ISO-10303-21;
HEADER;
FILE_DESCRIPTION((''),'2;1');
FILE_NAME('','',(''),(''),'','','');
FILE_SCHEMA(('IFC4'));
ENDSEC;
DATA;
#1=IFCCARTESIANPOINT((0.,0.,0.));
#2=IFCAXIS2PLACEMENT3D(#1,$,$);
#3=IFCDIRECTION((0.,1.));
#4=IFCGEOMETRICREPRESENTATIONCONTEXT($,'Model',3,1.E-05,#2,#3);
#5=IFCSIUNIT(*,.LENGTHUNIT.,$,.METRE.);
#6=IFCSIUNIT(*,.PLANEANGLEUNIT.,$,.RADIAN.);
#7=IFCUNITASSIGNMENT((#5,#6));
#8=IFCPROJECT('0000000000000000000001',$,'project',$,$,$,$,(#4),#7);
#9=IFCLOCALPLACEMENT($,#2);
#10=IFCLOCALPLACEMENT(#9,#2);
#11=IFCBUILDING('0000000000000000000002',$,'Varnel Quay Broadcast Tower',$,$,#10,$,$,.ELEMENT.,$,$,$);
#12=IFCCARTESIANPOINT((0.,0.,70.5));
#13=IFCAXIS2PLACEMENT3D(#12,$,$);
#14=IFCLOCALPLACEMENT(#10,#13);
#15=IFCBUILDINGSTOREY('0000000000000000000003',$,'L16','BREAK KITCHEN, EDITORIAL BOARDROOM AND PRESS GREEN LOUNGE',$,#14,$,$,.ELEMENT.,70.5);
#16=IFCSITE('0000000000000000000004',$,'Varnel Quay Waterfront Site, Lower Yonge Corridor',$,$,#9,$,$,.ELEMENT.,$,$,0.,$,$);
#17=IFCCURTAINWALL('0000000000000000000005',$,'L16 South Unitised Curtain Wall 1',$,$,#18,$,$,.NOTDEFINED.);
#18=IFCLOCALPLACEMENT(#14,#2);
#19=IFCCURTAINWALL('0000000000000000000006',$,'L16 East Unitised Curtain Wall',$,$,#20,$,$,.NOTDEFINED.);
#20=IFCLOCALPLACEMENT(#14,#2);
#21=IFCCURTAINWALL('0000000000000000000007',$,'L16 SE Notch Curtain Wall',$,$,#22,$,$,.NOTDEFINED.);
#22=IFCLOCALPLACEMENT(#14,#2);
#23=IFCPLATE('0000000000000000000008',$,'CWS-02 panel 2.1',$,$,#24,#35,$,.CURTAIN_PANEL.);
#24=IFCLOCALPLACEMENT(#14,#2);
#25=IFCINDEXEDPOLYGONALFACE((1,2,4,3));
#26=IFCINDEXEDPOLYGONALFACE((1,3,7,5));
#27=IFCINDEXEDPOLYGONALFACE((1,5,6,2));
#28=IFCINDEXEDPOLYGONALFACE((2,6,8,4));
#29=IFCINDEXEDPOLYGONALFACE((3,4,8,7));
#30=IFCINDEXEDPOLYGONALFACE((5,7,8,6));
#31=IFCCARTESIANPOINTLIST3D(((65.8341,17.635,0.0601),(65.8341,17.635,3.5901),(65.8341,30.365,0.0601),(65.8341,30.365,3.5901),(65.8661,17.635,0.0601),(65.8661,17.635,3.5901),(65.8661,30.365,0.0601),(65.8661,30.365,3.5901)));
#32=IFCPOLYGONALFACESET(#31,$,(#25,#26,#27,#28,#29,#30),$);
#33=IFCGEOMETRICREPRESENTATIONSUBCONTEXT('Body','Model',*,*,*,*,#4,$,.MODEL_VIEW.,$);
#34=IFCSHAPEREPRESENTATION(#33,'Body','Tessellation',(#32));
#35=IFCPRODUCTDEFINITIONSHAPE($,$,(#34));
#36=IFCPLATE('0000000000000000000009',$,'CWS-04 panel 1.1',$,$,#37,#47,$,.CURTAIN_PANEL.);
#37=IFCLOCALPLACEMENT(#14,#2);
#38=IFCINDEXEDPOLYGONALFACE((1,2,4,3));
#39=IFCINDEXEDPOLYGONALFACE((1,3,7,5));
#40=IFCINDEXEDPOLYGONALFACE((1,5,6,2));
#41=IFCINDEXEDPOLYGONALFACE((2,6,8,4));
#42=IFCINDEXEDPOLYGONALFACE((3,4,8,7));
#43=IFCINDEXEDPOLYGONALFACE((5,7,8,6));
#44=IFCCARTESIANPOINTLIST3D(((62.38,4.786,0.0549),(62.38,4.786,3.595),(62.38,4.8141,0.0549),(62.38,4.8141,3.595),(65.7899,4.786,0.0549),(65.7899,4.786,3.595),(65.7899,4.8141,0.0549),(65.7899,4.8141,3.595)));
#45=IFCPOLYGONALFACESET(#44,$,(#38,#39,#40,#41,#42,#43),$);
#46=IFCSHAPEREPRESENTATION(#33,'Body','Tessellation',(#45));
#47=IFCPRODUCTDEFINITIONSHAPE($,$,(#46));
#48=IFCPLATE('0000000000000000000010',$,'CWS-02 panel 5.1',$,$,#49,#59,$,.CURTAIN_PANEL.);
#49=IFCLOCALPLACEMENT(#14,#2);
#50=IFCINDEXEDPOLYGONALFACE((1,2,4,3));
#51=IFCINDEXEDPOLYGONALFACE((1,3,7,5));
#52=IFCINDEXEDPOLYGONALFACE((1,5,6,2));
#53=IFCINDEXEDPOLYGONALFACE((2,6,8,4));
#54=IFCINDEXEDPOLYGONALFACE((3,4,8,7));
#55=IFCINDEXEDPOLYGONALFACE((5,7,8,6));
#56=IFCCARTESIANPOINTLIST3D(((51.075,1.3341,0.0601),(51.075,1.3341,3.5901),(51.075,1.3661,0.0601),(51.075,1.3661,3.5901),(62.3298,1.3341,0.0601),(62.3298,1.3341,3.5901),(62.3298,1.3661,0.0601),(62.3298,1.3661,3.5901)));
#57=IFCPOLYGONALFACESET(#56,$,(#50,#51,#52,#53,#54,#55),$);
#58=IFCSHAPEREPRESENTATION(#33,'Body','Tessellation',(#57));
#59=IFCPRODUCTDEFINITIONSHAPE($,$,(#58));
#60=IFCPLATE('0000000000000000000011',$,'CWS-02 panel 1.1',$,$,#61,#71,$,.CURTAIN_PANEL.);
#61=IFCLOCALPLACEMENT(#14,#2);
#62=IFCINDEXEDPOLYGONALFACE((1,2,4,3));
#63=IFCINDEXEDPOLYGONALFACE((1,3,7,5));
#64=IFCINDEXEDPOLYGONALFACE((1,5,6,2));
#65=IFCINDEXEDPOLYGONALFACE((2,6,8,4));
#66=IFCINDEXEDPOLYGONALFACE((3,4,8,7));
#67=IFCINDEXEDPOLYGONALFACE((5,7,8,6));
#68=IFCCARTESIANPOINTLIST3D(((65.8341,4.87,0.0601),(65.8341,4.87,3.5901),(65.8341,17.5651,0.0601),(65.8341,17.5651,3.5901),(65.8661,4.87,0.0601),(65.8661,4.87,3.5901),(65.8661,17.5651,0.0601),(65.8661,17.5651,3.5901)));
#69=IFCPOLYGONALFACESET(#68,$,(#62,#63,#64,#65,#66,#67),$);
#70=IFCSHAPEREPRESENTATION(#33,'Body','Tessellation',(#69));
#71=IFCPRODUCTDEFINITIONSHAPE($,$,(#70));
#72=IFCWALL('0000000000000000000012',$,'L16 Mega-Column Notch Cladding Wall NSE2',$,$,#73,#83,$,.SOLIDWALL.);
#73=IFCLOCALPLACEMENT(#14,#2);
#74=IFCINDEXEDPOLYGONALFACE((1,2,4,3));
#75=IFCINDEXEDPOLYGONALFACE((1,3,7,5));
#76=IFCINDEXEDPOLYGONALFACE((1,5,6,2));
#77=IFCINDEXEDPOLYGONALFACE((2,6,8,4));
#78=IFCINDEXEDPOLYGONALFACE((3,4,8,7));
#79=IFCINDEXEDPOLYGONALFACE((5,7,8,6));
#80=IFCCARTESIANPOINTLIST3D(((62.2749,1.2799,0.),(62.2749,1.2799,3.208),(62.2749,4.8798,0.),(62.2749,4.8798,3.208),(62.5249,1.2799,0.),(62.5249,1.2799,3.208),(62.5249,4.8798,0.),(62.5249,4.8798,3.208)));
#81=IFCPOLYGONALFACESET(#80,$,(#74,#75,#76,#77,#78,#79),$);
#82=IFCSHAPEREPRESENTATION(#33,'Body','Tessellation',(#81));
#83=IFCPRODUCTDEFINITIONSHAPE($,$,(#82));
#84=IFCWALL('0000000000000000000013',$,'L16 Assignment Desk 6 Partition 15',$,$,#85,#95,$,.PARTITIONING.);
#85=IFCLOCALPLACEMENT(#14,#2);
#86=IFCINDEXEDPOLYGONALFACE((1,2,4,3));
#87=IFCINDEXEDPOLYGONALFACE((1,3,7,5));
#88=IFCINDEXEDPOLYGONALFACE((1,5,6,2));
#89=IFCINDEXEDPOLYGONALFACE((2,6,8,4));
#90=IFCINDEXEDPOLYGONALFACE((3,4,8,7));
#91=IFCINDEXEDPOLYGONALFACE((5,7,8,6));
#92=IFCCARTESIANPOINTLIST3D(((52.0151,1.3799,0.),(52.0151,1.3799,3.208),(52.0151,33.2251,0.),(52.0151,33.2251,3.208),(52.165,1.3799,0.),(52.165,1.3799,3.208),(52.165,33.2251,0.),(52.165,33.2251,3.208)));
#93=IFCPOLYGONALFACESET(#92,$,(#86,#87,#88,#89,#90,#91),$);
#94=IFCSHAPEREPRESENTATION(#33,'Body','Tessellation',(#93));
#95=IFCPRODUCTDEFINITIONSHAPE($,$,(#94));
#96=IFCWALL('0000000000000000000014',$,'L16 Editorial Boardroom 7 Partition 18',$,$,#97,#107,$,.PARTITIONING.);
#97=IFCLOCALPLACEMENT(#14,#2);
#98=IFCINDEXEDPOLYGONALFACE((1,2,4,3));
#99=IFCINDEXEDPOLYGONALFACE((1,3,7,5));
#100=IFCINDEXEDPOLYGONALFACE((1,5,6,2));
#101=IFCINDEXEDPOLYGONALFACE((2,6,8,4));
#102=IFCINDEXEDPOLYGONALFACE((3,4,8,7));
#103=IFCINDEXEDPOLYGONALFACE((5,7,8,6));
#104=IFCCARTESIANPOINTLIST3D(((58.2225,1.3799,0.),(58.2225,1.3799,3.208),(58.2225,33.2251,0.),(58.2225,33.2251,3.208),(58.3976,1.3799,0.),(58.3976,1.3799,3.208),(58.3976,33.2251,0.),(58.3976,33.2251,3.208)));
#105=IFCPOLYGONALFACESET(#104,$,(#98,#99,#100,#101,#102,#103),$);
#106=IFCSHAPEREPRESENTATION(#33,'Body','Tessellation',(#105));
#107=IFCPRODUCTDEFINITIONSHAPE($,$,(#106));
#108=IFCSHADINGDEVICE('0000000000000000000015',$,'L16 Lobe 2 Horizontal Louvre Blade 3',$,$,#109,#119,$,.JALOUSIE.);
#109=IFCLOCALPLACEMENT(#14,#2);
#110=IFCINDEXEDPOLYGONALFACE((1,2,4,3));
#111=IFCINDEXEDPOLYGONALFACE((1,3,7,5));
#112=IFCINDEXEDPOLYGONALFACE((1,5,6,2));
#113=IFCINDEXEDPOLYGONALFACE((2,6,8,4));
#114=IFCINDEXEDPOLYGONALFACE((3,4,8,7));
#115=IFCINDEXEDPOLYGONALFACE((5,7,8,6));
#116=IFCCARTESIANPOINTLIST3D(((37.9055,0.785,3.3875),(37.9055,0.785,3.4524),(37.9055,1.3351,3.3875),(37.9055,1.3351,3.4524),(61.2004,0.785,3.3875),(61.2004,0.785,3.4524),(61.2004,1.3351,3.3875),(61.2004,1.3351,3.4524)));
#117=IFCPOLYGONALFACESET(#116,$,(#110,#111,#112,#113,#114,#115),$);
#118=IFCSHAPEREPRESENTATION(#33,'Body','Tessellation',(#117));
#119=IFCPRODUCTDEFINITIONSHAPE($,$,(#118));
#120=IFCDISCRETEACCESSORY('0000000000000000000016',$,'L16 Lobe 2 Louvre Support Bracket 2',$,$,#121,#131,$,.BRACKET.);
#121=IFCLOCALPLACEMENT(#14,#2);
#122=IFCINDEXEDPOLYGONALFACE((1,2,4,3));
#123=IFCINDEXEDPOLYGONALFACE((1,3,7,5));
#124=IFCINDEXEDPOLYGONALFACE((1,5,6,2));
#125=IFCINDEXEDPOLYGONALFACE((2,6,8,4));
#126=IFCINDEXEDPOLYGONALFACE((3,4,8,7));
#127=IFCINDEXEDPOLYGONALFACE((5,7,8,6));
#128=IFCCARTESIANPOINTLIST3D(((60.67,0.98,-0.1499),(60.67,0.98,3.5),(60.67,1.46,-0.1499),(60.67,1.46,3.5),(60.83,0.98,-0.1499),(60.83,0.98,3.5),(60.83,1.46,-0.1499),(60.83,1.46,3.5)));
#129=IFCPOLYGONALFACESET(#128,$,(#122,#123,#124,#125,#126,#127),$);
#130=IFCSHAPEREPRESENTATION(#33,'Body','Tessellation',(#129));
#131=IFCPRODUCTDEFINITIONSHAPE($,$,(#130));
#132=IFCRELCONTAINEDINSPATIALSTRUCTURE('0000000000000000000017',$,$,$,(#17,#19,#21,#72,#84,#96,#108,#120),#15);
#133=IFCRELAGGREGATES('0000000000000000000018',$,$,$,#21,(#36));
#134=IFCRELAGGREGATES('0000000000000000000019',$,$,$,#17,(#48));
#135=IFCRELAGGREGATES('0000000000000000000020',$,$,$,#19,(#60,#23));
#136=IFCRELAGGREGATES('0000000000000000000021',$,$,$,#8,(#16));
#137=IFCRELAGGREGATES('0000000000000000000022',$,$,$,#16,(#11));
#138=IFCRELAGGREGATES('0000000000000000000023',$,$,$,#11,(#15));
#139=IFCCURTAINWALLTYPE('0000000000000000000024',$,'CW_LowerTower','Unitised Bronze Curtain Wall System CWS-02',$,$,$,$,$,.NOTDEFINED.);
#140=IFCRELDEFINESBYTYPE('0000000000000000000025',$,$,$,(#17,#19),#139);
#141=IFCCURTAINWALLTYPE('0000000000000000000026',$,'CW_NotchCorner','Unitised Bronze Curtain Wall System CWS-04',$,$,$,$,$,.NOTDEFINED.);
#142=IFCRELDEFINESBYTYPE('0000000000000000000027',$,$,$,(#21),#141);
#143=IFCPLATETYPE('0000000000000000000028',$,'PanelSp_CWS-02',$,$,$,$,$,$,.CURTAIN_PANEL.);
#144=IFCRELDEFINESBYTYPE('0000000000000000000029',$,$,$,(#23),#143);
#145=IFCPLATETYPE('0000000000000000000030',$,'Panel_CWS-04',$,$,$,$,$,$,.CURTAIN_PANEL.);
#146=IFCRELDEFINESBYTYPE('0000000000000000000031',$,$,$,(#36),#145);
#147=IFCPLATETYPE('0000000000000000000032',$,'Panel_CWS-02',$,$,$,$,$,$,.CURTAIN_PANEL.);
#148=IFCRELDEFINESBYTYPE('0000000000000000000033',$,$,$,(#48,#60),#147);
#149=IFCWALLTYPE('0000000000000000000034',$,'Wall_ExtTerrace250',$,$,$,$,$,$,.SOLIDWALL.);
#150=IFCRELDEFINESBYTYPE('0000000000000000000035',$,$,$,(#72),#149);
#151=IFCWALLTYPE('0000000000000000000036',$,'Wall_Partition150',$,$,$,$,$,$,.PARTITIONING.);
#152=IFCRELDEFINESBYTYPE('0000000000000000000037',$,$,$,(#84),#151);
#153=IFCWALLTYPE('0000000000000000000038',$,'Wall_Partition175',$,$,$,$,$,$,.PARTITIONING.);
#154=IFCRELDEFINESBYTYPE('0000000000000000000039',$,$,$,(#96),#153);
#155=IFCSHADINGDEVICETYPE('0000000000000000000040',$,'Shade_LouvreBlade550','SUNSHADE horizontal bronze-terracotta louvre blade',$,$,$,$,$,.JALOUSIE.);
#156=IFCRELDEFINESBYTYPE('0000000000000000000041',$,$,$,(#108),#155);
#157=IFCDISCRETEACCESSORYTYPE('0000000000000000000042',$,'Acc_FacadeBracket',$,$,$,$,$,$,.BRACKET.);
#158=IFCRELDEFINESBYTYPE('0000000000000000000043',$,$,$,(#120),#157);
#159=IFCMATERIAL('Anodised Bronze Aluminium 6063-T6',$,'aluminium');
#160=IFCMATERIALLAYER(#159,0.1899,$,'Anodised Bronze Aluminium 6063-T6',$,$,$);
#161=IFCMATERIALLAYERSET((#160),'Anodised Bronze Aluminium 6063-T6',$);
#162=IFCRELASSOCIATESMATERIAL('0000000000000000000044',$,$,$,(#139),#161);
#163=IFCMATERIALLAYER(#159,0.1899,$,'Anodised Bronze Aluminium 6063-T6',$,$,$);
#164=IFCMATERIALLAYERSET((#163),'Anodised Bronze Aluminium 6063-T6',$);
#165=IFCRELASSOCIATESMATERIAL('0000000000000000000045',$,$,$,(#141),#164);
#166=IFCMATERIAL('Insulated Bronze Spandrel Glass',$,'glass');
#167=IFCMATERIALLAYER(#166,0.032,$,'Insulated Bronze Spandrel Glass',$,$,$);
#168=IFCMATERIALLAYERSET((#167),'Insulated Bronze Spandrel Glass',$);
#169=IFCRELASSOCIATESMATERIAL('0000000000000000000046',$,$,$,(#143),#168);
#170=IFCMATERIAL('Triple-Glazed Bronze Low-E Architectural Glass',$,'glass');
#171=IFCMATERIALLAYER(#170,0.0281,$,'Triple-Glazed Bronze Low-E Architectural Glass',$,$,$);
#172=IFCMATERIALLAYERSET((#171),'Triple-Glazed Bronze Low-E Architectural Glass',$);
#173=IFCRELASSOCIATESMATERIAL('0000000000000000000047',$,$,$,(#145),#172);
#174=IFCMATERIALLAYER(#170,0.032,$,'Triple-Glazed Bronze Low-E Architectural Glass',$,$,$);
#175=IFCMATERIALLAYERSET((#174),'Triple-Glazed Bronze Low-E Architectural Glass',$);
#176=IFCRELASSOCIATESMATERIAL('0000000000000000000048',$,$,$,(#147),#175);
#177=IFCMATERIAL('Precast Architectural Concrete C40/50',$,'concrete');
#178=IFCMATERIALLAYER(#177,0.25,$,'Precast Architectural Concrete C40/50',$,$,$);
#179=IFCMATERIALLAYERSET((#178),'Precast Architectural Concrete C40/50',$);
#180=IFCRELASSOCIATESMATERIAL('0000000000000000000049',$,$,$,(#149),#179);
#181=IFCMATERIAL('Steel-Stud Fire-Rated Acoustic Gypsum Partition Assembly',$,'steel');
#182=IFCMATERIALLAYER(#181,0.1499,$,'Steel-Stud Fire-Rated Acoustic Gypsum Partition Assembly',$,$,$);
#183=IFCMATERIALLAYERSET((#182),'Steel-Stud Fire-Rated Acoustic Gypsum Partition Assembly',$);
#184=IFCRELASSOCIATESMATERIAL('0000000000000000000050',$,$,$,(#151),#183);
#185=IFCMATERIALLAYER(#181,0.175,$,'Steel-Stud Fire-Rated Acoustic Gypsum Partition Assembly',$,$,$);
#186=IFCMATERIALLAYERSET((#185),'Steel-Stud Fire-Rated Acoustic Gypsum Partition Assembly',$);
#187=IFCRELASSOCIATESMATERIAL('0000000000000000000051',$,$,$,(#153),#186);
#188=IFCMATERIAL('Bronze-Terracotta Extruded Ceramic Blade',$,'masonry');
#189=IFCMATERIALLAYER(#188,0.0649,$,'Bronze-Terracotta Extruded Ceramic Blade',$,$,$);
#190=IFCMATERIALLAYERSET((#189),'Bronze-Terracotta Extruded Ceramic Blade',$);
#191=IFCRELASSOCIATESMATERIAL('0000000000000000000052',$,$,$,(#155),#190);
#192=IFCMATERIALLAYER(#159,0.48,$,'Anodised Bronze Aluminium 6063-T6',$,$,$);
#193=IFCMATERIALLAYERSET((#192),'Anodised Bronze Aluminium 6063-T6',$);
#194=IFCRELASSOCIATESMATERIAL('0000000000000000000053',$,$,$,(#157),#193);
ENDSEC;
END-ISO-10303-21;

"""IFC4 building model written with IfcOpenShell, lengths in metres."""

from ifc_helpers import new_model, si_unit, direction, frame, frame_2d, origin, origin_2d, place, context, subcontext, project, spatial, rectangle, extrude, source, transform, mapped, material, layer, layer_set, type_object, type_shapes, element, aggregate, save


model = new_model("IFC4")

# Units and contexts
model_context = context("Model", 3, precision=1e-05, world=origin(), true_north=direction((0.0, 1.0)))
body_context = subcontext(model_context, "Body", "Model", "MODEL_VIEW")
ifc_project = project(units=[si_unit("LENGTHUNIT", "METRE"), si_unit("PLANEANGLEUNIT", "RADIAN")], contexts=[model_context])

# Site, building, storey
site_placement = place(None, origin())
site = spatial("IfcSite", under=ifc_project, at=site_placement, Name="Varnel Quay Waterfront Site, Lower Yonge Corridor", CompositionType="ELEMENT", RefElevation=0.0)
building_placement = place(site_placement, origin())
building = spatial("IfcBuilding", under=site, at=building_placement, Name="Varnel Quay Broadcast Tower", CompositionType="ELEMENT")
storey_placement = place(building_placement, frame((0.0, 0.0, 70.5)))
storey = spatial("IfcBuildingStorey", under=building, at=storey_placement, Name="L16", Description="BREAK KITCHEN, EDITORIAL BOARDROOM AND PRESS GREEN LOUNGE", CompositionType="ELEMENT", Elevation=70.5)

# Curtain walls
ifc_material_1 = material(Name="Anodised Bronze Aluminium 6063-T6", Category="aluminium")
ifc_layer_1 = layer(ifc_material_1, 0.1899, Name="Anodised Bronze Aluminium 6063-T6")
ifc_layer_set_1 = layer_set([ifc_layer_1], Name="Anodised Bronze Aluminium 6063-T6")
curtain_wall_type_1 = type_object("IfcCurtainWallType", Name="CW_LowerTower", Description="Unitised Bronze Curtain Wall System CWS-02", PredefinedType="NOTDEFINED", material=ifc_layer_set_1)
curtain_wall_1_placement = place(storey_placement, origin())
curtain_wall_1 = element("IfcCurtainWall", 1, at=curtain_wall_1_placement, inside=storey, type_object=curtain_wall_type_1, Name="L16 South Unitised Curtain Wall 1", PredefinedType="NOTDEFINED")
curtain_wall_2_placement = place(storey_placement, origin())
curtain_wall_2 = element("IfcCurtainWall", 2, at=curtain_wall_2_placement, inside=storey, type_object=curtain_wall_type_1, Name="L16 East Unitised Curtain Wall", PredefinedType="NOTDEFINED")
ifc_layer_2 = layer(ifc_material_1, 0.1899, Name="Anodised Bronze Aluminium 6063-T6")
ifc_layer_set_2 = layer_set([ifc_layer_2], Name="Anodised Bronze Aluminium 6063-T6")
curtain_wall_type_2 = type_object("IfcCurtainWallType", Name="CW_NotchCorner", Description="Unitised Bronze Curtain Wall System CWS-04", PredefinedType="NOTDEFINED", material=ifc_layer_set_2)
curtain_wall_3_placement = place(storey_placement, origin())
curtain_wall_3 = element("IfcCurtainWall", 3, at=curtain_wall_3_placement, inside=storey, type_object=curtain_wall_type_2, Name="L16 SE Notch Curtain Wall", PredefinedType="NOTDEFINED")

# Plates
ifc_material_2 = material(Name="Insulated Bronze Spandrel Glass", Category="glass")
ifc_layer_3 = layer(ifc_material_2, 0.032, Name="Insulated Bronze Spandrel Glass")
ifc_layer_set_3 = layer_set([ifc_layer_3], Name="Insulated Bronze Spandrel Glass")
plate_type_1 = type_object("IfcPlateType", Name="PanelSp_CWS-02", PredefinedType="CURTAIN_PANEL", material=ifc_layer_set_3)
shared_shape_1 = source(origin(), body_context, "Body", "SweptSolid", [
    extrude(rectangle(XDim=12.73, YDim=0.032, at=origin_2d()), origin(), (0.0, 0.0, 1.0), 3.53),
])
type_shapes(plate_type_1, [shared_shape_1])
plate_1_placement = place(storey_placement, frame((65.8501, 24.0, 0.0601), z_axis=(0.0, 0.0, 1.0), x_axis=(0.0, 1.0, 0.0)))
plate_1 = element("IfcPlate", 4, at=plate_1_placement, type_object=plate_type_1, Name="CWS-02 panel 2.1", PredefinedType="CURTAIN_PANEL", context=body_context, shape_type="MappedRepresentation", body=[
    mapped(shared_shape_1, transform((0.0, 0.0, 0.0), x_axis=(1.0, 0.0, 0.0), y_axis=(0.0, 1.0, 0.0), z_axis=(0.0, 0.0, 1.0), scale=1.0)),
])
ifc_material_3 = material(Name="Triple-Glazed Bronze Low-E Architectural Glass", Category="glass")
ifc_layer_4 = layer(ifc_material_3, 0.0281, Name="Triple-Glazed Bronze Low-E Architectural Glass")
ifc_layer_set_4 = layer_set([ifc_layer_4], Name="Triple-Glazed Bronze Low-E Architectural Glass")
plate_type_2 = type_object("IfcPlateType", Name="Panel_CWS-04", PredefinedType="CURTAIN_PANEL", material=ifc_layer_set_4)
shared_shape_2 = source(origin(), body_context, "Body", "SweptSolid", [
    extrude(rectangle(XDim=3.4099, YDim=0.0281, at=origin_2d()), origin(), (0.0, 0.0, 1.0), 3.54),
])
type_shapes(plate_type_2, [shared_shape_2])
plate_2_placement = place(storey_placement, frame((64.085, 4.8, 0.0549), z_axis=(0.0, 0.0, 1.0), x_axis=(1.0, 0.0, 0.0)))
plate_2 = element("IfcPlate", 5, at=plate_2_placement, type_object=plate_type_2, Name="CWS-04 panel 1.1", PredefinedType="CURTAIN_PANEL", context=body_context, shape_type="MappedRepresentation", body=[
    mapped(shared_shape_2, transform((0.0, 0.0, 0.0), x_axis=(1.0, 0.0, 0.0), y_axis=(0.0, 1.0, 0.0), z_axis=(0.0, 0.0, 1.0), scale=1.0)),
])
aggregate(curtain_wall_3, [plate_2])
ifc_layer_5 = layer(ifc_material_3, 0.032, Name="Triple-Glazed Bronze Low-E Architectural Glass")
ifc_layer_set_5 = layer_set([ifc_layer_5], Name="Triple-Glazed Bronze Low-E Architectural Glass")
plate_type_3 = type_object("IfcPlateType", Name="Panel_CWS-02", PredefinedType="CURTAIN_PANEL", material=ifc_layer_set_5)
shared_shape_3 = source(origin(), body_context, "Body", "SweptSolid", [
    extrude(rectangle(XDim=11.2549, YDim=0.032, at=origin_2d()), origin(), (0.0, 0.0, 1.0), 3.53),
])
plate_3_placement = place(storey_placement, frame((56.7024, 1.3501, 0.0601), z_axis=(0.0, 0.0, 1.0), x_axis=(1.0, 0.0, 0.0)))
plate_3 = element("IfcPlate", 6, at=plate_3_placement, type_object=plate_type_3, Name="CWS-02 panel 5.1", PredefinedType="CURTAIN_PANEL", context=body_context, shape_type="MappedRepresentation", body=[
    mapped(shared_shape_3, transform((0.0, 0.0, 0.0), x_axis=(1.0, 0.0, 0.0), y_axis=(0.0, 1.0, 0.0), z_axis=(0.0, 0.0, 1.0), scale=1.0)),
])
aggregate(curtain_wall_1, [plate_3])
shared_shape_4 = source(origin(), body_context, "Body", "SweptSolid", [
    extrude(rectangle(XDim=12.6951, YDim=0.032, at=origin_2d()), origin(), (0.0, 0.0, 1.0), 3.53),
])
type_shapes(plate_type_3, [shared_shape_3, shared_shape_4])
plate_4_placement = place(storey_placement, frame((65.8501, 11.2175, 0.0601), z_axis=(0.0, 0.0, 1.0), x_axis=(0.0, 1.0, 0.0)))
plate_4 = element("IfcPlate", 7, at=plate_4_placement, type_object=plate_type_3, Name="CWS-02 panel 1.1", PredefinedType="CURTAIN_PANEL", context=body_context, shape_type="MappedRepresentation", body=[
    mapped(shared_shape_4, transform((0.0, 0.0, 0.0), x_axis=(1.0, 0.0, 0.0), y_axis=(0.0, 1.0, 0.0), z_axis=(0.0, 0.0, 1.0), scale=1.0)),
])
aggregate(curtain_wall_2, [plate_4, plate_1])

# Walls
ifc_material_4 = material(Name="Precast Architectural Concrete C40/50", Category="concrete")
ifc_layer_6 = layer(ifc_material_4, 0.25, Name="Precast Architectural Concrete C40/50")
ifc_layer_set_6 = layer_set([ifc_layer_6], Name="Precast Architectural Concrete C40/50")
wall_type_1 = type_object("IfcWallType", Name="Wall_ExtTerrace250", PredefinedType="SOLIDWALL", material=ifc_layer_set_6)
wall_1_placement = place(storey_placement, frame((62.3999, 1.28, 0.0), z_axis=(0.0, 0.0, 1.0), x_axis=(0.0, 1.0, 0.0)))
element("IfcWall", 8, at=wall_1_placement, inside=storey, type_object=wall_type_1, Name="L16 Mega-Column Notch Cladding Wall NSE2", PredefinedType="SOLIDWALL", context=body_context, shape_type="SweptSolid", body=[
    extrude(rectangle(XDim=3.5999, YDim=0.25, at=frame_2d((1.7998, 0.0))), origin(), (0.0, 0.0, 1.0), 3.208),
])
ifc_material_5 = material(Name="Steel-Stud Fire-Rated Acoustic Gypsum Partition Assembly", Category="steel")
ifc_layer_7 = layer(ifc_material_5, 0.1499, Name="Steel-Stud Fire-Rated Acoustic Gypsum Partition Assembly")
ifc_layer_set_7 = layer_set([ifc_layer_7], Name="Steel-Stud Fire-Rated Acoustic Gypsum Partition Assembly")
wall_type_2 = type_object("IfcWallType", Name="Wall_Partition150", PredefinedType="PARTITIONING", material=ifc_layer_set_7)
wall_2_placement = place(storey_placement, frame((52.0901, 1.3799, 0.0), z_axis=(0.0, 0.0, 1.0), x_axis=(0.0, 1.0, 0.0)))
element("IfcWall", 9, at=wall_2_placement, inside=storey, type_object=wall_type_2, Name="L16 Assignment Desk 6 Partition 15", PredefinedType="PARTITIONING", context=body_context, shape_type="SweptSolid", body=[
    extrude(rectangle(XDim=31.8452, YDim=0.1499, at=frame_2d((15.9226, 0.0))), origin(), (0.0, 0.0, 1.0), 3.208),
])
ifc_layer_8 = layer(ifc_material_5, 0.175, Name="Steel-Stud Fire-Rated Acoustic Gypsum Partition Assembly")
ifc_layer_set_8 = layer_set([ifc_layer_8], Name="Steel-Stud Fire-Rated Acoustic Gypsum Partition Assembly")
wall_type_3 = type_object("IfcWallType", Name="Wall_Partition175", PredefinedType="PARTITIONING", material=ifc_layer_set_8)
wall_3_placement = place(storey_placement, frame((58.3101, 1.3799, 0.0), z_axis=(0.0, 0.0, 1.0), x_axis=(0.0, 1.0, 0.0)))
element("IfcWall", 10, at=wall_3_placement, inside=storey, type_object=wall_type_3, Name="L16 Editorial Boardroom 7 Partition 18", PredefinedType="PARTITIONING", context=body_context, shape_type="SweptSolid", body=[
    extrude(rectangle(XDim=31.8452, YDim=0.175, at=frame_2d((15.9226, 0.0))), origin(), (0.0, 0.0, 1.0), 3.208),
])

# Shading device
ifc_material_6 = material(Name="Bronze-Terracotta Extruded Ceramic Blade", Category="masonry")
ifc_layer_9 = layer(ifc_material_6, 0.0649, Name="Bronze-Terracotta Extruded Ceramic Blade")
ifc_layer_set_9 = layer_set([ifc_layer_9], Name="Bronze-Terracotta Extruded Ceramic Blade")
shading_device_type = type_object("IfcShadingDeviceType", Name="Shade_LouvreBlade550", Description="SUNSHADE horizontal bronze-terracotta louvre blade", PredefinedType="JALOUSIE", material=ifc_layer_set_9)
shared_shape_5 = source(origin(), body_context, "Body", "SweptSolid", [
    extrude(rectangle(XDim=23.2949, YDim=0.55, at=origin_2d()), origin(), (0.0, 0.0, 1.0), 0.0649),
])
type_shapes(shading_device_type, [shared_shape_5])
shading_device_placement = place(storey_placement, frame((49.553, 1.0601, 3.3875), z_axis=(0.0, 0.0, 1.0), x_axis=(1.0, 0.0, 0.0)))
element("IfcShadingDevice", 11, at=shading_device_placement, inside=storey, type_object=shading_device_type, Name="L16 Lobe 2 Horizontal Louvre Blade 3", PredefinedType="JALOUSIE", context=body_context, shape_type="MappedRepresentation", body=[
    mapped(shared_shape_5, transform((0.0, 0.0, 0.0), x_axis=(1.0, 0.0, 0.0), y_axis=(0.0, 1.0, 0.0), z_axis=(0.0, 0.0, 1.0), scale=1.0)),
])

# Discrete accessory
ifc_layer_10 = layer(ifc_material_1, 0.48, Name="Anodised Bronze Aluminium 6063-T6")
ifc_layer_set_10 = layer_set([ifc_layer_10], Name="Anodised Bronze Aluminium 6063-T6")
discrete_accessory_type = type_object("IfcDiscreteAccessoryType", Name="Acc_FacadeBracket", PredefinedType="BRACKET", material=ifc_layer_set_10)
shared_shape_6 = source(origin(), body_context, "Body", "SweptSolid", [
    extrude(rectangle(XDim=0.1599, YDim=0.48, at=origin_2d()), origin(), (0.0, 0.0, 1.0), 3.6499),
])
type_shapes(discrete_accessory_type, [shared_shape_6])
discrete_accessory_placement = place(storey_placement, frame((60.75, 1.22, -0.1499), z_axis=(0.0, 0.0, 1.0), x_axis=(1.0, 0.0, 0.0)))
element("IfcDiscreteAccessory", 12, at=discrete_accessory_placement, inside=storey, type_object=discrete_accessory_type, Name="L16 Lobe 2 Louvre Support Bracket 2", PredefinedType="BRACKET", context=body_context, shape_type="MappedRepresentation", body=[
    mapped(shared_shape_6, transform((0.0, 0.0, 0.0), x_axis=(1.0, 0.0, 0.0), y_axis=(0.0, 1.0, 0.0), z_axis=(0.0, 0.0, 1.0), scale=1.0)),
])

save(model, "model.ifc")
